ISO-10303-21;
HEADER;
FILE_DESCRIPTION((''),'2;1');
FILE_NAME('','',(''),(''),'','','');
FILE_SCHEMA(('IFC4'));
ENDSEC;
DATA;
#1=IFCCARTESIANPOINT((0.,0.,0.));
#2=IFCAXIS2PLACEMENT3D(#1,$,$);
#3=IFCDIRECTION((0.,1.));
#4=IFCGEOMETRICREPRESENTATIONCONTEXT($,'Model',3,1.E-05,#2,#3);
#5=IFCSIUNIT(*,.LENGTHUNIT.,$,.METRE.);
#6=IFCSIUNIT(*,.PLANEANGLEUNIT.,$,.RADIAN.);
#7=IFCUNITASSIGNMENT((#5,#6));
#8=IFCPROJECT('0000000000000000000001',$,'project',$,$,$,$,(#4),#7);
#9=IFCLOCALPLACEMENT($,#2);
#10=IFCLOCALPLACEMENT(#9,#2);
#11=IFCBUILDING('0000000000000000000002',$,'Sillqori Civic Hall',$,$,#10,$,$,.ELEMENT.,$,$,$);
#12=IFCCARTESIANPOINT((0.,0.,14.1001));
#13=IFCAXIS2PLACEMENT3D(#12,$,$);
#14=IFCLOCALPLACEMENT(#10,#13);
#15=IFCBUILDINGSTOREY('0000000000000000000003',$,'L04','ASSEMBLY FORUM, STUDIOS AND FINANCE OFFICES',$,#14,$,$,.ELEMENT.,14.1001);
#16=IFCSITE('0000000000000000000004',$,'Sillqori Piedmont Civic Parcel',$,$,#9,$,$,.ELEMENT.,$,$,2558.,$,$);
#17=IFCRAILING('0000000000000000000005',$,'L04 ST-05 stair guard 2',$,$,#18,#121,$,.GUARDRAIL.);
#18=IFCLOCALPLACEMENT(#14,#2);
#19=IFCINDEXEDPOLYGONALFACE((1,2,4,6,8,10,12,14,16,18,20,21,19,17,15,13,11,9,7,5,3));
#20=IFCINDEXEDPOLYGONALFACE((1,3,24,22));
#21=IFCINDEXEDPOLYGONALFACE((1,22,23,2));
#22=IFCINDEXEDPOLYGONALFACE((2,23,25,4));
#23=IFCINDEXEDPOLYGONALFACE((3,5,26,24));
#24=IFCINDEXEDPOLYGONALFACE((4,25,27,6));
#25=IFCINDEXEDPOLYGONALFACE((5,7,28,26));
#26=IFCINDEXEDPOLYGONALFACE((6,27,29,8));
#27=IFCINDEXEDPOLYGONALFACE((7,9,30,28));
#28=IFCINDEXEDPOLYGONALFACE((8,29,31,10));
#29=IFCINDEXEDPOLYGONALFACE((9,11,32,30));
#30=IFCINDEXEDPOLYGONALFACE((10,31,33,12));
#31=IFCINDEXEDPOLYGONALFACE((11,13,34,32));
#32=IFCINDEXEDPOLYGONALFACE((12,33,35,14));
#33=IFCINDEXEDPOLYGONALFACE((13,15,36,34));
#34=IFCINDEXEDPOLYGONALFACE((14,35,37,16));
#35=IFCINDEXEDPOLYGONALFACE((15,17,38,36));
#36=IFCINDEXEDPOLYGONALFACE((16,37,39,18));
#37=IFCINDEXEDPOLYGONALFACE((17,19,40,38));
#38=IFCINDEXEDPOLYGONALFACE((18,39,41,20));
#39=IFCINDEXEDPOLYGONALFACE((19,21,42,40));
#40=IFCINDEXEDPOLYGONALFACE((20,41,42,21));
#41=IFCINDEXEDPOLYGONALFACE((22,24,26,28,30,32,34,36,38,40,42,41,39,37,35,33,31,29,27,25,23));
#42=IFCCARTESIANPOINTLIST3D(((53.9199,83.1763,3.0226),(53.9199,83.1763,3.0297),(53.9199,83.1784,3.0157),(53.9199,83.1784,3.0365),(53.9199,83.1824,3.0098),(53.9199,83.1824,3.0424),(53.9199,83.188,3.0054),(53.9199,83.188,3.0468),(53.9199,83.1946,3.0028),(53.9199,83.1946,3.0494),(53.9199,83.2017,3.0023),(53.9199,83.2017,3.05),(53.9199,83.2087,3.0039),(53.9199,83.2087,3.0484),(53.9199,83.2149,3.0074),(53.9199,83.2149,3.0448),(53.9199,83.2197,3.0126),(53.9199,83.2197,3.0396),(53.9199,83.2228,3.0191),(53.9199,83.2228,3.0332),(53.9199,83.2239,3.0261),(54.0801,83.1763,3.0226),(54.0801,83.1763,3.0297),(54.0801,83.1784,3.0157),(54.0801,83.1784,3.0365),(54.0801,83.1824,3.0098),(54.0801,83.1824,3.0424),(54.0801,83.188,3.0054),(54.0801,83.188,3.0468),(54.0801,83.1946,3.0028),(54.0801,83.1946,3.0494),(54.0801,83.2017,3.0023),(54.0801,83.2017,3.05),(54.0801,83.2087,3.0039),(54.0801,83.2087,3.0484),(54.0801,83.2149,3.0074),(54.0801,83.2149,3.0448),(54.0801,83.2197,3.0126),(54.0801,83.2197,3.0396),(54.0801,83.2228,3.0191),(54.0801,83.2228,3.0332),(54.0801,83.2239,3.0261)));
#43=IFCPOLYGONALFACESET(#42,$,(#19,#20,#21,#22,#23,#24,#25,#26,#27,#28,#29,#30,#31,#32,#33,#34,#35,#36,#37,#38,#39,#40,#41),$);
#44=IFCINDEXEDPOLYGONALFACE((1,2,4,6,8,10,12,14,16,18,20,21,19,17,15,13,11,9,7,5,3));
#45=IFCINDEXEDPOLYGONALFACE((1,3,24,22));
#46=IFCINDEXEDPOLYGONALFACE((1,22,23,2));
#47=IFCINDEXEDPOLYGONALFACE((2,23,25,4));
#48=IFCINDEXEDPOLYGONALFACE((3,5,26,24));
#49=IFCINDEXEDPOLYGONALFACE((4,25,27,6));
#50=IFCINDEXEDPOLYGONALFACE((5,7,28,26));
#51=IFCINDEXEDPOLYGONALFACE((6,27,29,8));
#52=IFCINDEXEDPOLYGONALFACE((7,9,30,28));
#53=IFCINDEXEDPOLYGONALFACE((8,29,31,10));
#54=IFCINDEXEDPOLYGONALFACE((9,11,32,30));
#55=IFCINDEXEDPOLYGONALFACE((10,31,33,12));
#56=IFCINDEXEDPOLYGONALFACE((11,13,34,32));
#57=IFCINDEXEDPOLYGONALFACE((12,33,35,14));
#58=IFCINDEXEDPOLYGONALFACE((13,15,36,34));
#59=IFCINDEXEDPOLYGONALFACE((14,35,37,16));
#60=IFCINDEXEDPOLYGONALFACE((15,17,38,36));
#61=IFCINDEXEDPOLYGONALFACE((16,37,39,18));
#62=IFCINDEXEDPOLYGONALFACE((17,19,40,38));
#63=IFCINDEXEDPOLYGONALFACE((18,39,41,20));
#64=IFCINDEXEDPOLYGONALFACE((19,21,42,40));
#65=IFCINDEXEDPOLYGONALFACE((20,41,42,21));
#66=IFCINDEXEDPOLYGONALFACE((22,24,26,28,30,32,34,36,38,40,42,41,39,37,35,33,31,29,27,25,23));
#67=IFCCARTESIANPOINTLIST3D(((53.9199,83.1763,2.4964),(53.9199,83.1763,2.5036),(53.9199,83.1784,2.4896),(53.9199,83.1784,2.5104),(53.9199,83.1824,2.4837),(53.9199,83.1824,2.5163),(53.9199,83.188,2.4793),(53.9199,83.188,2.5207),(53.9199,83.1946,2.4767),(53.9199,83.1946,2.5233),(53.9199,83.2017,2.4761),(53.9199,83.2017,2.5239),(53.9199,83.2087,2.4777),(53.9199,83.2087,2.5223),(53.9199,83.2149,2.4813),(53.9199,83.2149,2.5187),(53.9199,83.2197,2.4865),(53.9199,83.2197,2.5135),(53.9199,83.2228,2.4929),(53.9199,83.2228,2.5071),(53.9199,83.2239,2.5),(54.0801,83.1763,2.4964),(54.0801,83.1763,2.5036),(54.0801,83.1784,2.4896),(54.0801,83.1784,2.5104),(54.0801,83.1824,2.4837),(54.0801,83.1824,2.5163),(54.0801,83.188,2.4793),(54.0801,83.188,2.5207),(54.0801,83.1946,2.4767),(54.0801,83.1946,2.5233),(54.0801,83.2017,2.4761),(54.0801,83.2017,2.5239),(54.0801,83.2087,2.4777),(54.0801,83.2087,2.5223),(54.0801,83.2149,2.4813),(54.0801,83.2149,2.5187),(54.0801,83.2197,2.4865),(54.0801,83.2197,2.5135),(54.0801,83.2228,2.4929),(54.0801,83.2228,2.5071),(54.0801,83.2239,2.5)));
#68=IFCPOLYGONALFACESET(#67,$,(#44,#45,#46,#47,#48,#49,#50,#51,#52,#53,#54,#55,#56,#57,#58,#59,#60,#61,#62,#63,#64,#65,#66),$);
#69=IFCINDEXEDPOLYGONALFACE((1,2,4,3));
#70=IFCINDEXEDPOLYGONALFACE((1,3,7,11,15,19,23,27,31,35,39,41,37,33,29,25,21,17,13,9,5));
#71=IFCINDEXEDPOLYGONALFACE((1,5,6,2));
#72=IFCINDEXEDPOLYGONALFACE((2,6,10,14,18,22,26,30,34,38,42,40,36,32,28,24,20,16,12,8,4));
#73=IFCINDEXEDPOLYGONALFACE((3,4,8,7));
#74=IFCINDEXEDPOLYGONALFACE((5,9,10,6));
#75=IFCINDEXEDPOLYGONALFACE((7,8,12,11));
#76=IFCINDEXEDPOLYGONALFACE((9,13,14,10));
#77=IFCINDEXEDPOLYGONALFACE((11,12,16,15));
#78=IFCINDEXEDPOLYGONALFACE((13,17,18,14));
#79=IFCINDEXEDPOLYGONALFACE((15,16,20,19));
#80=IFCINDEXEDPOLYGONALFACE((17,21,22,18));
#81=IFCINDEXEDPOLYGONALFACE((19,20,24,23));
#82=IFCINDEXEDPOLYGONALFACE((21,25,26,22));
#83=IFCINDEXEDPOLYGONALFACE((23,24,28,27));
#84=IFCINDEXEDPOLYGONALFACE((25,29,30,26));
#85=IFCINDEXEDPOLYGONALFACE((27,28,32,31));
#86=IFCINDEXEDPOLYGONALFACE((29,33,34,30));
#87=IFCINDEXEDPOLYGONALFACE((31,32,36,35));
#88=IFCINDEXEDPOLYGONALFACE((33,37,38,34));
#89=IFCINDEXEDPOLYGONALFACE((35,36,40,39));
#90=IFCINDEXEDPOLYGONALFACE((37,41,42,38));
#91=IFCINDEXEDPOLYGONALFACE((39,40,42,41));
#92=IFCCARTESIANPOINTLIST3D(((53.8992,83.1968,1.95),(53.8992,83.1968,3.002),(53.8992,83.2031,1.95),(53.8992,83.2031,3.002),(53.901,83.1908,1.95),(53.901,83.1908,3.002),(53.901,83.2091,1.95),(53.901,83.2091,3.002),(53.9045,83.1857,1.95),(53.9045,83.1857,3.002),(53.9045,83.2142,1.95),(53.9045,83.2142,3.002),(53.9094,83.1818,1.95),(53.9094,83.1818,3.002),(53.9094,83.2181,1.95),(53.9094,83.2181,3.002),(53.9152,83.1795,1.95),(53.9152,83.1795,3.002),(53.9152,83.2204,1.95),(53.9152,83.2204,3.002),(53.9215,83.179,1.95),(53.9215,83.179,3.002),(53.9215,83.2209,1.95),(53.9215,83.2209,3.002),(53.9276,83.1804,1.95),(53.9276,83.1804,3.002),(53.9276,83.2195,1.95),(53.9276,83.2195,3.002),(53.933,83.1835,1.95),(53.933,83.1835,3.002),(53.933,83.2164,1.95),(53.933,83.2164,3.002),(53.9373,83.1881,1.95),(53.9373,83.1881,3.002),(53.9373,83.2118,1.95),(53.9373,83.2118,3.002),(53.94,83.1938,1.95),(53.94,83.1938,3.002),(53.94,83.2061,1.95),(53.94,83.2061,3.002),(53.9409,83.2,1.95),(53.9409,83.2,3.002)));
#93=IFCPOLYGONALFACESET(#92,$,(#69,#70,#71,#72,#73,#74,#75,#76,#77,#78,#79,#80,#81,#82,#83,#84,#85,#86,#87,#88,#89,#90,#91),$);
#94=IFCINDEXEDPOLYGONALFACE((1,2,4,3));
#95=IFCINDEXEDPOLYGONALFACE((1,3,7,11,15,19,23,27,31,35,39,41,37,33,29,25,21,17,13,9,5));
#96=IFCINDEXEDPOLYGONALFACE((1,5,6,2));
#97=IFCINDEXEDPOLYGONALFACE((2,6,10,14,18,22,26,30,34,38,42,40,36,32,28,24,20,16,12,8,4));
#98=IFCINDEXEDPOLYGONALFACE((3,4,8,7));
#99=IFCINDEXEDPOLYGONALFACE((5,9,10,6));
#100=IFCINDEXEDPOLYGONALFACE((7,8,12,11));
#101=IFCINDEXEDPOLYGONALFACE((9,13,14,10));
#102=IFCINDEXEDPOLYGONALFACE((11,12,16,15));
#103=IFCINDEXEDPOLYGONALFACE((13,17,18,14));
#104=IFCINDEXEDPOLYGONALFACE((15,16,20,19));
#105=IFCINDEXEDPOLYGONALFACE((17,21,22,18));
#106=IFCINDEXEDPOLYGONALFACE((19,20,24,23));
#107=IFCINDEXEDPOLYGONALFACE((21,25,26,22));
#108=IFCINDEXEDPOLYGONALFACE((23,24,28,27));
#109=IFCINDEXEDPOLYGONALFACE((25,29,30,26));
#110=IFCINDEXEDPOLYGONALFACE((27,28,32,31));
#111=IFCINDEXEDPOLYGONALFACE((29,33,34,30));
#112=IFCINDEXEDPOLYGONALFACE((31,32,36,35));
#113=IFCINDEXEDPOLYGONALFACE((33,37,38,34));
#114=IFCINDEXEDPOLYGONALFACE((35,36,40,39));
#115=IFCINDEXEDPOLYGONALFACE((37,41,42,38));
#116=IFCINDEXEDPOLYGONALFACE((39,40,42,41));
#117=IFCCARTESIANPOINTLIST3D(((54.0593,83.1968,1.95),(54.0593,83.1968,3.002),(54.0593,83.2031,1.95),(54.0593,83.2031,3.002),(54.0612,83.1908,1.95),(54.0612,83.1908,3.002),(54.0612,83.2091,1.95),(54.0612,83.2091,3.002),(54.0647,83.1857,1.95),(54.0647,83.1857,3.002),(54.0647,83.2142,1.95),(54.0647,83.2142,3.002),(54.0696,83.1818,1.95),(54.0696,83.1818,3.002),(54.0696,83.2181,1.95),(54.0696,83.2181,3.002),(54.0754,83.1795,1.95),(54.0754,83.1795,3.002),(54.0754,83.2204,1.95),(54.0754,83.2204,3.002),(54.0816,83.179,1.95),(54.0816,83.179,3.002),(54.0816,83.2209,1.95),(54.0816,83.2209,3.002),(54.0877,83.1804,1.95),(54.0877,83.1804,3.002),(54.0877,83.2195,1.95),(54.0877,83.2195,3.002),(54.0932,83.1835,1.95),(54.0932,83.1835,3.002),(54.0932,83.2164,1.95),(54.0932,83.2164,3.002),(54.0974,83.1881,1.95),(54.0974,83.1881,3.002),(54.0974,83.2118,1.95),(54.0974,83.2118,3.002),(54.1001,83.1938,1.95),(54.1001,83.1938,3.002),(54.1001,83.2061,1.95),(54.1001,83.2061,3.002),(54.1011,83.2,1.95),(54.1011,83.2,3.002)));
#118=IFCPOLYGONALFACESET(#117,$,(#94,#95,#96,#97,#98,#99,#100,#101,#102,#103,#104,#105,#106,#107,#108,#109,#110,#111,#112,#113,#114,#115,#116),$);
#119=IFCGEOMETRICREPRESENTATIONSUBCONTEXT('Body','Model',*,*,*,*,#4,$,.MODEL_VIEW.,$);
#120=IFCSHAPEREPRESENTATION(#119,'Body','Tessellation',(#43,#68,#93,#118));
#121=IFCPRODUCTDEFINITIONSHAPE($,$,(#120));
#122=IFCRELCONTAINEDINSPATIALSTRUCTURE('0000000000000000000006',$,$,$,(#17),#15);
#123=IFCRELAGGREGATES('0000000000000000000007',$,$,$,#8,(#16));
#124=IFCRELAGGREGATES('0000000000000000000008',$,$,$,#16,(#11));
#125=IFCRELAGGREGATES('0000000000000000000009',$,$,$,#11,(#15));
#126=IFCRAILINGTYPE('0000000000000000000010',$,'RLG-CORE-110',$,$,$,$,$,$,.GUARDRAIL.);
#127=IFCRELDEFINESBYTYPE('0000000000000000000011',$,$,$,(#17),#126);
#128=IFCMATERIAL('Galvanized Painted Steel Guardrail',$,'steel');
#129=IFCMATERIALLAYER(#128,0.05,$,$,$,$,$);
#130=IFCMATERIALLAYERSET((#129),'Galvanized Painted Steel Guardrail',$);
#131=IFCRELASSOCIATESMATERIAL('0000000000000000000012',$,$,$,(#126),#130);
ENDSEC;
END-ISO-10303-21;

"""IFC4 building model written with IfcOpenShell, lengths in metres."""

from ifc_helpers import new_model, si_unit, direction, frame, origin, origin_2d, place, context, subcontext, project, spatial, circle, extrude, material, layer, layer_set, type_object, element, save


model = new_model("IFC4")

# Units and contexts
model_context = context("Model", 3, precision=1e-05, world=origin(), true_north=direction((0.0, 1.0)))
body_context = subcontext(model_context, "Body", "Model", "MODEL_VIEW")
ifc_project = project(units=[si_unit("LENGTHUNIT", "METRE"), si_unit("PLANEANGLEUNIT", "RADIAN")], contexts=[model_context])

# Site, building, storey
site_placement = place(None, origin())
site = spatial("IfcSite", under=ifc_project, at=site_placement, Name="Sillqori Piedmont Civic Parcel", CompositionType="ELEMENT", RefElevation=2558.0)
building_placement = place(site_placement, origin())
building = spatial("IfcBuilding", under=site, at=building_placement, Name="Sillqori Civic Hall", CompositionType="ELEMENT")
storey_placement = place(building_placement, frame((0.0, 0.0, 14.1001)))
storey = spatial("IfcBuildingStorey", under=building, at=storey_placement, Name="L04", Description="ASSEMBLY FORUM, STUDIOS AND FINANCE OFFICES", CompositionType="ELEMENT", Elevation=14.1001)

# Railing
ifc_material_1 = material(Name="Galvanized Painted Steel Guardrail", Category="steel")
ifc_layer_1 = layer(ifc_material_1, 0.05)
ifc_layer_set_1 = layer_set([ifc_layer_1], Name="Galvanized Painted Steel Guardrail")
railing_type_1 = type_object("IfcRailingType", Name="RLG-CORE-110", PredefinedType="GUARDRAIL", material=ifc_layer_set_1)
for number, where, name in (
    (1, (53.9199, 83.2, 1.95), "L04 ST-05 stair guard 2"),
):
    element("IfcRailing", number, at=place(storey_placement, frame(where)), inside=storey, type_object=railing_type_1, Name=name, PredefinedType="GUARDRAIL", context=body_context, shape_type="SweptSolid", body=[
        extrude(circle(Radius=0.0239, at=origin_2d()), frame((0.0, 0.0, 1.0762), z_axis=(1.0, 0.0, 0.0), x_axis=(0.0, 1.0, 0.0)), (0.0, 0.0, 1.0), 0.1602),
        extrude(circle(Radius=0.0239, at=origin_2d()), frame((0.0, 0.0, 0.55), z_axis=(1.0, 0.0, 0.0), x_axis=(0.0, 1.0, 0.0)), (0.0, 0.0, 1.0), 0.1602),
        extrude(circle(Radius=0.021, at=origin_2d()), origin(), (0.0, 0.0, 1.0), 1.052),
        extrude(circle(Radius=0.021, at=origin_2d()), frame((0.1602, 0.0, 0.0)), (0.0, 0.0, 1.0), 1.052),
    ])

save(model, "model.ifc")
